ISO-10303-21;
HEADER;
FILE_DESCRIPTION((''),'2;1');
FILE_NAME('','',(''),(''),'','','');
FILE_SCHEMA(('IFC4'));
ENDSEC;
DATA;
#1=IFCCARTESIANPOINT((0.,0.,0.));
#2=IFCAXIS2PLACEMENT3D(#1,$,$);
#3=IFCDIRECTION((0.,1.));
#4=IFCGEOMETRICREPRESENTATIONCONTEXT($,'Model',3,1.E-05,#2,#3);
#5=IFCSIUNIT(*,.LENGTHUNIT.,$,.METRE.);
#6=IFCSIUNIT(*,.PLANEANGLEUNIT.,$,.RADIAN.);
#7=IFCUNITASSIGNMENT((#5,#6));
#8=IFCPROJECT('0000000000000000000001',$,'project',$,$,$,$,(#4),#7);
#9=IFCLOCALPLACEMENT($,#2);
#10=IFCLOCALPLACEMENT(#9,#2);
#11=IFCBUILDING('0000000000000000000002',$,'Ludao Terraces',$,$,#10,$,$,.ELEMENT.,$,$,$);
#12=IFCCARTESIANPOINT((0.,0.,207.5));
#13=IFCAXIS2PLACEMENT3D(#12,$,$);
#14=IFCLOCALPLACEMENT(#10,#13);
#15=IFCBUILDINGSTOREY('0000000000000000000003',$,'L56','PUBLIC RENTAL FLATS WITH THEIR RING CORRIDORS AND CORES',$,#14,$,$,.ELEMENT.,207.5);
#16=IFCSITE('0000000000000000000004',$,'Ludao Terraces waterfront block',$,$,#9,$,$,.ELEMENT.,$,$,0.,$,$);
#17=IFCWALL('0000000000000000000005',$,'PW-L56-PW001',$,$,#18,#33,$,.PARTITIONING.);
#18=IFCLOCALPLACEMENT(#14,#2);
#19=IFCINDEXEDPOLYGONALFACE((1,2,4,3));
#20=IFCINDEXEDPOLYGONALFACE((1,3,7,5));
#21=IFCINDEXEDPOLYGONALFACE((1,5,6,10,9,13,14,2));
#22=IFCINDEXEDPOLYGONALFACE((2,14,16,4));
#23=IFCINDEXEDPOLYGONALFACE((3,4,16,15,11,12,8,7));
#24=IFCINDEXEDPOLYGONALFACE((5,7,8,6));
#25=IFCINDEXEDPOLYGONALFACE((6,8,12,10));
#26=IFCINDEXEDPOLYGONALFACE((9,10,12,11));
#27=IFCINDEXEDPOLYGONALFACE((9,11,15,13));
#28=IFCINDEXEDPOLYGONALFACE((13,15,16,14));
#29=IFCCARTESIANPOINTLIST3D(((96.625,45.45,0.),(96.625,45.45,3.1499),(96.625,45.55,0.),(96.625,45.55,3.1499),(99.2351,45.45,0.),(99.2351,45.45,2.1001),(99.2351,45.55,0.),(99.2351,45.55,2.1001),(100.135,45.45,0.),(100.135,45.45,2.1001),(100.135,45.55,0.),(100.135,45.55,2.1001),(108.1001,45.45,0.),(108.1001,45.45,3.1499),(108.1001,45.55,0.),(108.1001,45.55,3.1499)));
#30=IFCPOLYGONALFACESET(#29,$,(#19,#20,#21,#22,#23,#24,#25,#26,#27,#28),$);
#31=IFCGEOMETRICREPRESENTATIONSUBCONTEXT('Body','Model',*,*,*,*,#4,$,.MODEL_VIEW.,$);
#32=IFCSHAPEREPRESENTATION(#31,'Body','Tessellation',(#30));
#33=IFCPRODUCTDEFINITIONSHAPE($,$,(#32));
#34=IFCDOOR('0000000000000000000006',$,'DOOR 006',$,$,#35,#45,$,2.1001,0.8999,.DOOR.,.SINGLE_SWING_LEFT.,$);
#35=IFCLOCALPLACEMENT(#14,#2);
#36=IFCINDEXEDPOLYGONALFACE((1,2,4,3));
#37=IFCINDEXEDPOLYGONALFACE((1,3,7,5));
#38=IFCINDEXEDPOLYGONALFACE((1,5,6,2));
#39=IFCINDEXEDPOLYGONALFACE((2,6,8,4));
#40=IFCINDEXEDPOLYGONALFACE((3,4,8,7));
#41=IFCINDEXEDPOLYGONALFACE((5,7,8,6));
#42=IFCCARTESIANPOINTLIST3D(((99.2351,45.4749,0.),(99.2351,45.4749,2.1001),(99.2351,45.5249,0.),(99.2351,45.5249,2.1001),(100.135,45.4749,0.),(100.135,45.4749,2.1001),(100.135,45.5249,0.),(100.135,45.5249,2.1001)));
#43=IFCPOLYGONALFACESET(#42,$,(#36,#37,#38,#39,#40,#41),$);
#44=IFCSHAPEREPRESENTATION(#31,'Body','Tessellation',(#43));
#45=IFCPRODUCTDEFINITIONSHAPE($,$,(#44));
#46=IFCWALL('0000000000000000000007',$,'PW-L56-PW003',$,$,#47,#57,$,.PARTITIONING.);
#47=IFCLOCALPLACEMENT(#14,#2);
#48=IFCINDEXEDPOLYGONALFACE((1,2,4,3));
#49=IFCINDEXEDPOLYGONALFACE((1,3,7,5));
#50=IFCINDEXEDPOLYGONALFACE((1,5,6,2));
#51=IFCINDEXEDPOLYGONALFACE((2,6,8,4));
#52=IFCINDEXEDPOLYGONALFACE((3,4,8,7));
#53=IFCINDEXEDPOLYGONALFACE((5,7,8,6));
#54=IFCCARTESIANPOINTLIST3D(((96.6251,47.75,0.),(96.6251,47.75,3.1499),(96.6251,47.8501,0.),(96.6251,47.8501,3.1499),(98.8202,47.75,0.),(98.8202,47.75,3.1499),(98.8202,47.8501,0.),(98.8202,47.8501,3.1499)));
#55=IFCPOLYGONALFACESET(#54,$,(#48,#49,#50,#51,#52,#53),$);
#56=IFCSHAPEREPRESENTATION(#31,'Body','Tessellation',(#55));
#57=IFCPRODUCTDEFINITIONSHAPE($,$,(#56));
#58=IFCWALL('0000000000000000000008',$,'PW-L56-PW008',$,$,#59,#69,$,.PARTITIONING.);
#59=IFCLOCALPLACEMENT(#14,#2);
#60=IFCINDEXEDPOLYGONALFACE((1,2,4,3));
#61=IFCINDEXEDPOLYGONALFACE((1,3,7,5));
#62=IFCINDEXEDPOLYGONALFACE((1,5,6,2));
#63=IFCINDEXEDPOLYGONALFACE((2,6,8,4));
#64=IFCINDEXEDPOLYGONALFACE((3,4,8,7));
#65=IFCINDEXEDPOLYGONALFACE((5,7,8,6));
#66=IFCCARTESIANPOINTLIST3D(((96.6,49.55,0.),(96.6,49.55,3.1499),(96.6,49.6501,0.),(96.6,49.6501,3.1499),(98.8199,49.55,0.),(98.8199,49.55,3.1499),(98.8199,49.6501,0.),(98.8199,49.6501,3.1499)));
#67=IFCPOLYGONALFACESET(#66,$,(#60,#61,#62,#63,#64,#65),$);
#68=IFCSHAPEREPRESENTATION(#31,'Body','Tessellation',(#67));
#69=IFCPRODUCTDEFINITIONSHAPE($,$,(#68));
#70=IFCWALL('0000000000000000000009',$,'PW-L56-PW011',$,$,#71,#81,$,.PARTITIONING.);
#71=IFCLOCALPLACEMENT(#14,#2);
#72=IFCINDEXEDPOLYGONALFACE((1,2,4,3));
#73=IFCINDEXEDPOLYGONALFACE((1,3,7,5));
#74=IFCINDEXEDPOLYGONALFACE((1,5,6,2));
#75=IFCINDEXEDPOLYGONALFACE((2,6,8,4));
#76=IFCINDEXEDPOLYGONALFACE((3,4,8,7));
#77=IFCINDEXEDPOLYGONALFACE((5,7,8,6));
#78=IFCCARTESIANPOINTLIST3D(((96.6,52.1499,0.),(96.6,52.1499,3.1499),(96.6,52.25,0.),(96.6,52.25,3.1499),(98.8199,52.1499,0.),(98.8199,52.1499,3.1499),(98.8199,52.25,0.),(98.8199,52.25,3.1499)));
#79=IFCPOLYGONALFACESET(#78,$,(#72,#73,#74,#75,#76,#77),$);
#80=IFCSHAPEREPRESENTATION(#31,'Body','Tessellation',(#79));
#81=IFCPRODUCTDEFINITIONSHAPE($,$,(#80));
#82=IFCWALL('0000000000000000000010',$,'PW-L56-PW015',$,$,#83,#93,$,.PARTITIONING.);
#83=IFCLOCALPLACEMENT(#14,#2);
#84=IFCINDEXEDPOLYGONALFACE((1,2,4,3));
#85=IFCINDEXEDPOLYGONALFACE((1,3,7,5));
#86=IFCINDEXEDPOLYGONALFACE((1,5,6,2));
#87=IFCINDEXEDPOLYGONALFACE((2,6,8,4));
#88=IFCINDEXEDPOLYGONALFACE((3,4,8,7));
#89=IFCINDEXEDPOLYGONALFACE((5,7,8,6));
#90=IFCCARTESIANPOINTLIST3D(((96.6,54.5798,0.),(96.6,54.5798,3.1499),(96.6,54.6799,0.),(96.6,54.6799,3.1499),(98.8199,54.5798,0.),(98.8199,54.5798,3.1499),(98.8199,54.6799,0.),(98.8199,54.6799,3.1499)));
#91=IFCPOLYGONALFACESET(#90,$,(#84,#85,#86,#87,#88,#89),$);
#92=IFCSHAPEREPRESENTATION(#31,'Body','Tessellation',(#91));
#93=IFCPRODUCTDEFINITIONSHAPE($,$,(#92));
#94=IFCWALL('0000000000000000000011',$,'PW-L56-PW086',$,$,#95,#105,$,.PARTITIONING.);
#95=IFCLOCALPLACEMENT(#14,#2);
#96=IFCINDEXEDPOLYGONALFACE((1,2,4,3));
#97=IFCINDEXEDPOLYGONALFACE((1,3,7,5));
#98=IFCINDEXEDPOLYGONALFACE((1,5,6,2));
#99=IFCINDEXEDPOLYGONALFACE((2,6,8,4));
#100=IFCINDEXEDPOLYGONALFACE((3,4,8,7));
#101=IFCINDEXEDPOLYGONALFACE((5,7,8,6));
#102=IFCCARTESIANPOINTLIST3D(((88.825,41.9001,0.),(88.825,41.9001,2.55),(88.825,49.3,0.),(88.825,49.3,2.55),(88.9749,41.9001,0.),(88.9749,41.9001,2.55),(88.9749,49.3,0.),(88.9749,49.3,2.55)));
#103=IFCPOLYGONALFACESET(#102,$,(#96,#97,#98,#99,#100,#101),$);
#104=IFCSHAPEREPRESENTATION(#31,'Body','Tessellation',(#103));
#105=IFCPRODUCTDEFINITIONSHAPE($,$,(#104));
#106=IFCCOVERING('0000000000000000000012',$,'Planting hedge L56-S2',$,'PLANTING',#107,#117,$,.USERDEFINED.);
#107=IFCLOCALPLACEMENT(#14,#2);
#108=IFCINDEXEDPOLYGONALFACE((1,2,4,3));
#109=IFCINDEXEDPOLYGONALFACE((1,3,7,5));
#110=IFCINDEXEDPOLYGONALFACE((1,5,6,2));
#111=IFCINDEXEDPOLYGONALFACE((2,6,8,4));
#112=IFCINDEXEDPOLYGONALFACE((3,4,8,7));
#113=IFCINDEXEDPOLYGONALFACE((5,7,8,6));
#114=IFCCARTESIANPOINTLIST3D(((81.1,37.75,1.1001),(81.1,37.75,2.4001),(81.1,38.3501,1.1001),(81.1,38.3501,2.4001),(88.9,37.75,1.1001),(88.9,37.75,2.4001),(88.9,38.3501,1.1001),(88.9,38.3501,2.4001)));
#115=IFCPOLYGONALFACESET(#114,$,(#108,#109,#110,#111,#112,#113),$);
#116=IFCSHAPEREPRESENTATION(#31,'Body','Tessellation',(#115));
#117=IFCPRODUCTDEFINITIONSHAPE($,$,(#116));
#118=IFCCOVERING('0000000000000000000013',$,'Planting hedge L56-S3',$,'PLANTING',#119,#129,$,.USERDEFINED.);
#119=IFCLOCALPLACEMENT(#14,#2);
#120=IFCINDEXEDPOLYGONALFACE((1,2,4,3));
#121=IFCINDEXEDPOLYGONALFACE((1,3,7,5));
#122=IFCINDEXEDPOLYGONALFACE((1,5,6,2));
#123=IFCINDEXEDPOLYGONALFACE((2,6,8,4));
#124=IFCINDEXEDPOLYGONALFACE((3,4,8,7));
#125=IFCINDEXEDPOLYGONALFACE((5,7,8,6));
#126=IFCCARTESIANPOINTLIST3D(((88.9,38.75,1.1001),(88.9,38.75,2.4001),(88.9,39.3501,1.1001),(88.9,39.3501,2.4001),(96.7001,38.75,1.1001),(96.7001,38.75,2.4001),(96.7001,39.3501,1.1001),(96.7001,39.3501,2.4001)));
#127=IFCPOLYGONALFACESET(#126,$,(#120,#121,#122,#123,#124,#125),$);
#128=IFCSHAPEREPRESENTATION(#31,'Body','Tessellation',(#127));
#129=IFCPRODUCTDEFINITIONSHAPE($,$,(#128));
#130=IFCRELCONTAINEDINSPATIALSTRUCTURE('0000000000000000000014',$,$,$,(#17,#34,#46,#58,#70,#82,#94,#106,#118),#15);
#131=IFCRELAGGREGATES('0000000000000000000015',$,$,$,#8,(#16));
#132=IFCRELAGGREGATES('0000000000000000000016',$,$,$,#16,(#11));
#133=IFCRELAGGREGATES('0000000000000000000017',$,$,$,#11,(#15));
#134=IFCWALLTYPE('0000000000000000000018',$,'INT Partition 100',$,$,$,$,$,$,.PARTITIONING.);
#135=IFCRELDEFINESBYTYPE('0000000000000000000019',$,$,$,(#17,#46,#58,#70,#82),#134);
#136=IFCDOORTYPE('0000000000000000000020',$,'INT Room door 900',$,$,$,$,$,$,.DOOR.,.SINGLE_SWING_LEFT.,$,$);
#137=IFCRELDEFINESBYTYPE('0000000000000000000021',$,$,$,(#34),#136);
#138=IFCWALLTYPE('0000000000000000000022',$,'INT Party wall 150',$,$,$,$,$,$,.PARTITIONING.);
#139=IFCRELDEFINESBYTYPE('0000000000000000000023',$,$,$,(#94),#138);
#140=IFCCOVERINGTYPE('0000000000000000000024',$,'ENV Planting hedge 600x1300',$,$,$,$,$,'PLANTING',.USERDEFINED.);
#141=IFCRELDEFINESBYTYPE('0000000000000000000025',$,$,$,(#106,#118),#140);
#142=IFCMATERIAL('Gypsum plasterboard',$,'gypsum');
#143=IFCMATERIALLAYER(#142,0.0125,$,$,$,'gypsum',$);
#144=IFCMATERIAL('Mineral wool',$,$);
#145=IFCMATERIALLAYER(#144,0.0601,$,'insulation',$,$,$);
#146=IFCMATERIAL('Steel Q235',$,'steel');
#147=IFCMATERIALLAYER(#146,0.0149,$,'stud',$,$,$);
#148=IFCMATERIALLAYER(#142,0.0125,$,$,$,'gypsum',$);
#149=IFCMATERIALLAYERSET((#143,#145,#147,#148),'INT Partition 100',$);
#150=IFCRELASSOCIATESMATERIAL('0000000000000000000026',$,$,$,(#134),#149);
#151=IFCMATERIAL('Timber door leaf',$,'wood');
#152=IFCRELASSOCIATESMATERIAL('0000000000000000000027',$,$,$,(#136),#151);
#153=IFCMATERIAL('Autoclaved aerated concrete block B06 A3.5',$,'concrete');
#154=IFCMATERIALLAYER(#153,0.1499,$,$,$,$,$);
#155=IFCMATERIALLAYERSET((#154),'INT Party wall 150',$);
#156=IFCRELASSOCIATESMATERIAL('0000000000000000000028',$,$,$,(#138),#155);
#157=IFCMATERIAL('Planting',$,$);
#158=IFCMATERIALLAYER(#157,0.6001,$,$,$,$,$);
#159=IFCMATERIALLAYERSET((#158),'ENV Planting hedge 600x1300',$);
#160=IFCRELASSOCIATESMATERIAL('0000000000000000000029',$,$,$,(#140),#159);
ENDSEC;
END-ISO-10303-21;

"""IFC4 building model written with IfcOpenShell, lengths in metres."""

from ifc_helpers import new_model, si_unit, direction, frame, frame_2d, origin, origin_2d, place, context, subcontext, project, spatial, rectangle, extrude, material, layer, layer_set, type_object, element, fill, save


model = new_model("IFC4")

# Units and contexts
model_context = context("Model", 3, precision=1e-05, world=origin(), true_north=direction((0.0, 1.0)))
body_context = subcontext(model_context, "Body", "Model", "MODEL_VIEW")
ifc_project = project(units=[si_unit("LENGTHUNIT", "METRE"), si_unit("PLANEANGLEUNIT", "RADIAN")], contexts=[model_context])

# Site, building, storey
site_placement = place(None, origin())
site = spatial("IfcSite", under=ifc_project, at=site_placement, Name="Ludao Terraces waterfront block", CompositionType="ELEMENT", RefElevation=0.0)
building_placement = place(site_placement, origin())
building = spatial("IfcBuilding", under=site, at=building_placement, Name="Ludao Terraces", CompositionType="ELEMENT")
storey_placement = place(building_placement, frame((0.0, 0.0, 207.5)))
storey = spatial("IfcBuildingStorey", under=building, at=storey_placement, Name="L56", Description="PUBLIC RENTAL FLATS WITH THEIR RING CORRIDORS AND CORES", CompositionType="ELEMENT", Elevation=207.5)

# Shared definitions
ifc_material_1 = material(Name="Steel Q235", Category="steel")

# Shared definitions
ifc_material_2 = material(Name="Mineral wool")

# Wall, opening, door
ifc_material_3 = material(Name="Gypsum plasterboard", Category="gypsum")
ifc_layer_1 = layer(ifc_material_3, 0.0125, Category="gypsum")
ifc_layer_2 = layer(ifc_material_2, 0.0601, Name="insulation")
ifc_layer_3 = layer(ifc_material_1, 0.0149, Name="stud")
ifc_layer_4 = layer(ifc_material_3, 0.0125, Category="gypsum")
ifc_layer_set_1 = layer_set([ifc_layer_1, ifc_layer_2, ifc_layer_3, ifc_layer_4], Name="INT Partition 100")
wall_type_1 = type_object("IfcWallType", Name="INT Partition 100", PredefinedType="PARTITIONING", material=ifc_layer_set_1)
wall_1_placement = place(storey_placement, frame((96.625, 45.5, 0.0), z_axis=(0.0, 0.0, 1.0), x_axis=(1.0, 0.0, 0.0)))
wall_1 = element("IfcWall", 1, at=wall_1_placement, inside=storey, type_object=wall_type_1, Name="PW-L56-PW001", PredefinedType="PARTITIONING", context=body_context, shape_type="SweptSolid", body=[
    extrude(rectangle(XDim=11.4751, YDim=0.1001, at=frame_2d((5.7375, 0.0))), origin(), (0.0, 0.0, 1.0), 3.1499),
])
opening_1_placement = place(wall_1_placement, frame((2.6101, 0.0, 0.0)))
opening_1 = element("IfcOpeningElement", 2, at=opening_1_placement, cuts=wall_1, PredefinedType="OPENING", context=body_context, shape_type="SweptSolid", body=[
    extrude(rectangle(XDim=0.8999, YDim=2.1001, at=frame_2d((0.45, 1.05))), frame((0.0, 0.0601, 0.0), z_axis=(0.0, -1.0, 0.0), x_axis=(1.0, 0.0, 0.0)), (0.0, 0.0, 1.0), 0.1201),
])
ifc_material_4 = material(Name="Timber door leaf", Category="wood")
door_type_1 = type_object("IfcDoorType", Name="INT Room door 900", OperationType="SINGLE_SWING_LEFT", PredefinedType="DOOR", material=ifc_material_4)
door_1_placement = place(opening_1_placement, origin())
door_1 = element("IfcDoor", 3, at=door_1_placement, inside=storey, type_object=door_type_1, Name="DOOR 006", OperationType="SINGLE_SWING_LEFT", OverallHeight=2.1001, OverallWidth=0.8999, PredefinedType="DOOR", context=body_context, shape_type="SweptSolid", body=[
    extrude(rectangle(XDim=0.8999, YDim=2.1001, at=frame_2d((0.45, 1.05))), frame((0.0, 0.0249, 0.0), z_axis=(0.0, -1.0, 0.0), x_axis=(1.0, 0.0, 0.0)), (0.0, 0.0, 1.0), 0.05),
])
fill(opening_1, door_1)

# Walls
wall_2_placement = place(storey_placement, frame((96.625, 47.8, 0.0), z_axis=(0.0, 0.0, 1.0), x_axis=(1.0, 0.0, 0.0)))
element("IfcWall", 4, at=wall_2_placement, inside=storey, type_object=wall_type_1, Name="PW-L56-PW003", PredefinedType="PARTITIONING", context=body_context, shape_type="SweptSolid", body=[
    extrude(rectangle(XDim=2.1951, YDim=0.1001, at=frame_2d((1.0977, 0.0))), origin(), (0.0, 0.0, 1.0), 3.1499),
])
for number, where, z_axis, x_axis, name in (
    (5, (96.6001, 49.6001, 0.0), (0.0, 0.0, 1.0), (1.0, 0.0, 0.0), "PW-L56-PW008"),
    (6, (96.6001, 52.2, 0.0), (0.0, 0.0, 1.0), (1.0, 0.0, 0.0), "PW-L56-PW011"),
    (7, (96.6001, 54.6299, 0.0), (0.0, 0.0, 1.0), (1.0, 0.0, 0.0), "PW-L56-PW015"),
):
    element("IfcWall", number, at=place(storey_placement, frame(where, z_axis=z_axis, x_axis=x_axis)), inside=storey, type_object=wall_type_1, Name=name, PredefinedType="PARTITIONING", context=body_context, shape_type="SweptSolid", body=[
        extrude(rectangle(XDim=2.22, YDim=0.1001, at=frame_2d((1.1099, 0.0))), origin(), (0.0, 0.0, 1.0), 3.1499),
    ])
ifc_material_5 = material(Name="Autoclaved aerated concrete block B06 A3.5", Category="concrete")
ifc_layer_5 = layer(ifc_material_5, 0.1499)
ifc_layer_set_2 = layer_set([ifc_layer_5], Name="INT Party wall 150")
wall_type_2 = type_object("IfcWallType", Name="INT Party wall 150", PredefinedType="PARTITIONING", material=ifc_layer_set_2)
wall_3_placement = place(storey_placement, frame((88.8999, 41.9001, 0.0), z_axis=(0.0, 0.0, 1.0), x_axis=(0.0, 1.0, 0.0)))
element("IfcWall", 8, at=wall_3_placement, inside=storey, type_object=wall_type_2, Name="PW-L56-PW086", PredefinedType="PARTITIONING", context=body_context, shape_type="SweptSolid", body=[
    extrude(rectangle(XDim=7.3999, YDim=0.1499, at=frame_2d((3.7, 0.0))), origin(), (0.0, 0.0, 1.0), 2.55),
])

# Coverings
ifc_material_6 = material(Name="Planting")
ifc_layer_6 = layer(ifc_material_6, 0.6001)
ifc_layer_set_3 = layer_set([ifc_layer_6], Name="ENV Planting hedge 600x1300")
covering_type = type_object("IfcCoveringType", Name="ENV Planting hedge 600x1300", ElementType="PLANTING", PredefinedType="USERDEFINED", material=ifc_layer_set_3)
for number, where, z_axis, x_axis, name in (
    (9, (85.0, 38.05, 1.1001), (0.0, 0.0, 1.0), (1.0, 0.0, 0.0), "Planting hedge L56-S2"),
    (10, (92.8, 39.05, 1.1001), (0.0, 0.0, 1.0), (1.0, 0.0, 0.0), "Planting hedge L56-S3"),
):
    element("IfcCovering", number, at=place(storey_placement, frame(where, z_axis=z_axis, x_axis=x_axis)), inside=storey, type_object=covering_type, Name=name, ObjectType="PLANTING", PredefinedType="USERDEFINED", context=body_context, shape_type="SweptSolid", body=[
        extrude(rectangle(XDim=7.8, YDim=0.6001, at=origin_2d()), origin(), (0.0, 0.0, 1.0), 1.3),
    ])

save(model, "model.ifc")
